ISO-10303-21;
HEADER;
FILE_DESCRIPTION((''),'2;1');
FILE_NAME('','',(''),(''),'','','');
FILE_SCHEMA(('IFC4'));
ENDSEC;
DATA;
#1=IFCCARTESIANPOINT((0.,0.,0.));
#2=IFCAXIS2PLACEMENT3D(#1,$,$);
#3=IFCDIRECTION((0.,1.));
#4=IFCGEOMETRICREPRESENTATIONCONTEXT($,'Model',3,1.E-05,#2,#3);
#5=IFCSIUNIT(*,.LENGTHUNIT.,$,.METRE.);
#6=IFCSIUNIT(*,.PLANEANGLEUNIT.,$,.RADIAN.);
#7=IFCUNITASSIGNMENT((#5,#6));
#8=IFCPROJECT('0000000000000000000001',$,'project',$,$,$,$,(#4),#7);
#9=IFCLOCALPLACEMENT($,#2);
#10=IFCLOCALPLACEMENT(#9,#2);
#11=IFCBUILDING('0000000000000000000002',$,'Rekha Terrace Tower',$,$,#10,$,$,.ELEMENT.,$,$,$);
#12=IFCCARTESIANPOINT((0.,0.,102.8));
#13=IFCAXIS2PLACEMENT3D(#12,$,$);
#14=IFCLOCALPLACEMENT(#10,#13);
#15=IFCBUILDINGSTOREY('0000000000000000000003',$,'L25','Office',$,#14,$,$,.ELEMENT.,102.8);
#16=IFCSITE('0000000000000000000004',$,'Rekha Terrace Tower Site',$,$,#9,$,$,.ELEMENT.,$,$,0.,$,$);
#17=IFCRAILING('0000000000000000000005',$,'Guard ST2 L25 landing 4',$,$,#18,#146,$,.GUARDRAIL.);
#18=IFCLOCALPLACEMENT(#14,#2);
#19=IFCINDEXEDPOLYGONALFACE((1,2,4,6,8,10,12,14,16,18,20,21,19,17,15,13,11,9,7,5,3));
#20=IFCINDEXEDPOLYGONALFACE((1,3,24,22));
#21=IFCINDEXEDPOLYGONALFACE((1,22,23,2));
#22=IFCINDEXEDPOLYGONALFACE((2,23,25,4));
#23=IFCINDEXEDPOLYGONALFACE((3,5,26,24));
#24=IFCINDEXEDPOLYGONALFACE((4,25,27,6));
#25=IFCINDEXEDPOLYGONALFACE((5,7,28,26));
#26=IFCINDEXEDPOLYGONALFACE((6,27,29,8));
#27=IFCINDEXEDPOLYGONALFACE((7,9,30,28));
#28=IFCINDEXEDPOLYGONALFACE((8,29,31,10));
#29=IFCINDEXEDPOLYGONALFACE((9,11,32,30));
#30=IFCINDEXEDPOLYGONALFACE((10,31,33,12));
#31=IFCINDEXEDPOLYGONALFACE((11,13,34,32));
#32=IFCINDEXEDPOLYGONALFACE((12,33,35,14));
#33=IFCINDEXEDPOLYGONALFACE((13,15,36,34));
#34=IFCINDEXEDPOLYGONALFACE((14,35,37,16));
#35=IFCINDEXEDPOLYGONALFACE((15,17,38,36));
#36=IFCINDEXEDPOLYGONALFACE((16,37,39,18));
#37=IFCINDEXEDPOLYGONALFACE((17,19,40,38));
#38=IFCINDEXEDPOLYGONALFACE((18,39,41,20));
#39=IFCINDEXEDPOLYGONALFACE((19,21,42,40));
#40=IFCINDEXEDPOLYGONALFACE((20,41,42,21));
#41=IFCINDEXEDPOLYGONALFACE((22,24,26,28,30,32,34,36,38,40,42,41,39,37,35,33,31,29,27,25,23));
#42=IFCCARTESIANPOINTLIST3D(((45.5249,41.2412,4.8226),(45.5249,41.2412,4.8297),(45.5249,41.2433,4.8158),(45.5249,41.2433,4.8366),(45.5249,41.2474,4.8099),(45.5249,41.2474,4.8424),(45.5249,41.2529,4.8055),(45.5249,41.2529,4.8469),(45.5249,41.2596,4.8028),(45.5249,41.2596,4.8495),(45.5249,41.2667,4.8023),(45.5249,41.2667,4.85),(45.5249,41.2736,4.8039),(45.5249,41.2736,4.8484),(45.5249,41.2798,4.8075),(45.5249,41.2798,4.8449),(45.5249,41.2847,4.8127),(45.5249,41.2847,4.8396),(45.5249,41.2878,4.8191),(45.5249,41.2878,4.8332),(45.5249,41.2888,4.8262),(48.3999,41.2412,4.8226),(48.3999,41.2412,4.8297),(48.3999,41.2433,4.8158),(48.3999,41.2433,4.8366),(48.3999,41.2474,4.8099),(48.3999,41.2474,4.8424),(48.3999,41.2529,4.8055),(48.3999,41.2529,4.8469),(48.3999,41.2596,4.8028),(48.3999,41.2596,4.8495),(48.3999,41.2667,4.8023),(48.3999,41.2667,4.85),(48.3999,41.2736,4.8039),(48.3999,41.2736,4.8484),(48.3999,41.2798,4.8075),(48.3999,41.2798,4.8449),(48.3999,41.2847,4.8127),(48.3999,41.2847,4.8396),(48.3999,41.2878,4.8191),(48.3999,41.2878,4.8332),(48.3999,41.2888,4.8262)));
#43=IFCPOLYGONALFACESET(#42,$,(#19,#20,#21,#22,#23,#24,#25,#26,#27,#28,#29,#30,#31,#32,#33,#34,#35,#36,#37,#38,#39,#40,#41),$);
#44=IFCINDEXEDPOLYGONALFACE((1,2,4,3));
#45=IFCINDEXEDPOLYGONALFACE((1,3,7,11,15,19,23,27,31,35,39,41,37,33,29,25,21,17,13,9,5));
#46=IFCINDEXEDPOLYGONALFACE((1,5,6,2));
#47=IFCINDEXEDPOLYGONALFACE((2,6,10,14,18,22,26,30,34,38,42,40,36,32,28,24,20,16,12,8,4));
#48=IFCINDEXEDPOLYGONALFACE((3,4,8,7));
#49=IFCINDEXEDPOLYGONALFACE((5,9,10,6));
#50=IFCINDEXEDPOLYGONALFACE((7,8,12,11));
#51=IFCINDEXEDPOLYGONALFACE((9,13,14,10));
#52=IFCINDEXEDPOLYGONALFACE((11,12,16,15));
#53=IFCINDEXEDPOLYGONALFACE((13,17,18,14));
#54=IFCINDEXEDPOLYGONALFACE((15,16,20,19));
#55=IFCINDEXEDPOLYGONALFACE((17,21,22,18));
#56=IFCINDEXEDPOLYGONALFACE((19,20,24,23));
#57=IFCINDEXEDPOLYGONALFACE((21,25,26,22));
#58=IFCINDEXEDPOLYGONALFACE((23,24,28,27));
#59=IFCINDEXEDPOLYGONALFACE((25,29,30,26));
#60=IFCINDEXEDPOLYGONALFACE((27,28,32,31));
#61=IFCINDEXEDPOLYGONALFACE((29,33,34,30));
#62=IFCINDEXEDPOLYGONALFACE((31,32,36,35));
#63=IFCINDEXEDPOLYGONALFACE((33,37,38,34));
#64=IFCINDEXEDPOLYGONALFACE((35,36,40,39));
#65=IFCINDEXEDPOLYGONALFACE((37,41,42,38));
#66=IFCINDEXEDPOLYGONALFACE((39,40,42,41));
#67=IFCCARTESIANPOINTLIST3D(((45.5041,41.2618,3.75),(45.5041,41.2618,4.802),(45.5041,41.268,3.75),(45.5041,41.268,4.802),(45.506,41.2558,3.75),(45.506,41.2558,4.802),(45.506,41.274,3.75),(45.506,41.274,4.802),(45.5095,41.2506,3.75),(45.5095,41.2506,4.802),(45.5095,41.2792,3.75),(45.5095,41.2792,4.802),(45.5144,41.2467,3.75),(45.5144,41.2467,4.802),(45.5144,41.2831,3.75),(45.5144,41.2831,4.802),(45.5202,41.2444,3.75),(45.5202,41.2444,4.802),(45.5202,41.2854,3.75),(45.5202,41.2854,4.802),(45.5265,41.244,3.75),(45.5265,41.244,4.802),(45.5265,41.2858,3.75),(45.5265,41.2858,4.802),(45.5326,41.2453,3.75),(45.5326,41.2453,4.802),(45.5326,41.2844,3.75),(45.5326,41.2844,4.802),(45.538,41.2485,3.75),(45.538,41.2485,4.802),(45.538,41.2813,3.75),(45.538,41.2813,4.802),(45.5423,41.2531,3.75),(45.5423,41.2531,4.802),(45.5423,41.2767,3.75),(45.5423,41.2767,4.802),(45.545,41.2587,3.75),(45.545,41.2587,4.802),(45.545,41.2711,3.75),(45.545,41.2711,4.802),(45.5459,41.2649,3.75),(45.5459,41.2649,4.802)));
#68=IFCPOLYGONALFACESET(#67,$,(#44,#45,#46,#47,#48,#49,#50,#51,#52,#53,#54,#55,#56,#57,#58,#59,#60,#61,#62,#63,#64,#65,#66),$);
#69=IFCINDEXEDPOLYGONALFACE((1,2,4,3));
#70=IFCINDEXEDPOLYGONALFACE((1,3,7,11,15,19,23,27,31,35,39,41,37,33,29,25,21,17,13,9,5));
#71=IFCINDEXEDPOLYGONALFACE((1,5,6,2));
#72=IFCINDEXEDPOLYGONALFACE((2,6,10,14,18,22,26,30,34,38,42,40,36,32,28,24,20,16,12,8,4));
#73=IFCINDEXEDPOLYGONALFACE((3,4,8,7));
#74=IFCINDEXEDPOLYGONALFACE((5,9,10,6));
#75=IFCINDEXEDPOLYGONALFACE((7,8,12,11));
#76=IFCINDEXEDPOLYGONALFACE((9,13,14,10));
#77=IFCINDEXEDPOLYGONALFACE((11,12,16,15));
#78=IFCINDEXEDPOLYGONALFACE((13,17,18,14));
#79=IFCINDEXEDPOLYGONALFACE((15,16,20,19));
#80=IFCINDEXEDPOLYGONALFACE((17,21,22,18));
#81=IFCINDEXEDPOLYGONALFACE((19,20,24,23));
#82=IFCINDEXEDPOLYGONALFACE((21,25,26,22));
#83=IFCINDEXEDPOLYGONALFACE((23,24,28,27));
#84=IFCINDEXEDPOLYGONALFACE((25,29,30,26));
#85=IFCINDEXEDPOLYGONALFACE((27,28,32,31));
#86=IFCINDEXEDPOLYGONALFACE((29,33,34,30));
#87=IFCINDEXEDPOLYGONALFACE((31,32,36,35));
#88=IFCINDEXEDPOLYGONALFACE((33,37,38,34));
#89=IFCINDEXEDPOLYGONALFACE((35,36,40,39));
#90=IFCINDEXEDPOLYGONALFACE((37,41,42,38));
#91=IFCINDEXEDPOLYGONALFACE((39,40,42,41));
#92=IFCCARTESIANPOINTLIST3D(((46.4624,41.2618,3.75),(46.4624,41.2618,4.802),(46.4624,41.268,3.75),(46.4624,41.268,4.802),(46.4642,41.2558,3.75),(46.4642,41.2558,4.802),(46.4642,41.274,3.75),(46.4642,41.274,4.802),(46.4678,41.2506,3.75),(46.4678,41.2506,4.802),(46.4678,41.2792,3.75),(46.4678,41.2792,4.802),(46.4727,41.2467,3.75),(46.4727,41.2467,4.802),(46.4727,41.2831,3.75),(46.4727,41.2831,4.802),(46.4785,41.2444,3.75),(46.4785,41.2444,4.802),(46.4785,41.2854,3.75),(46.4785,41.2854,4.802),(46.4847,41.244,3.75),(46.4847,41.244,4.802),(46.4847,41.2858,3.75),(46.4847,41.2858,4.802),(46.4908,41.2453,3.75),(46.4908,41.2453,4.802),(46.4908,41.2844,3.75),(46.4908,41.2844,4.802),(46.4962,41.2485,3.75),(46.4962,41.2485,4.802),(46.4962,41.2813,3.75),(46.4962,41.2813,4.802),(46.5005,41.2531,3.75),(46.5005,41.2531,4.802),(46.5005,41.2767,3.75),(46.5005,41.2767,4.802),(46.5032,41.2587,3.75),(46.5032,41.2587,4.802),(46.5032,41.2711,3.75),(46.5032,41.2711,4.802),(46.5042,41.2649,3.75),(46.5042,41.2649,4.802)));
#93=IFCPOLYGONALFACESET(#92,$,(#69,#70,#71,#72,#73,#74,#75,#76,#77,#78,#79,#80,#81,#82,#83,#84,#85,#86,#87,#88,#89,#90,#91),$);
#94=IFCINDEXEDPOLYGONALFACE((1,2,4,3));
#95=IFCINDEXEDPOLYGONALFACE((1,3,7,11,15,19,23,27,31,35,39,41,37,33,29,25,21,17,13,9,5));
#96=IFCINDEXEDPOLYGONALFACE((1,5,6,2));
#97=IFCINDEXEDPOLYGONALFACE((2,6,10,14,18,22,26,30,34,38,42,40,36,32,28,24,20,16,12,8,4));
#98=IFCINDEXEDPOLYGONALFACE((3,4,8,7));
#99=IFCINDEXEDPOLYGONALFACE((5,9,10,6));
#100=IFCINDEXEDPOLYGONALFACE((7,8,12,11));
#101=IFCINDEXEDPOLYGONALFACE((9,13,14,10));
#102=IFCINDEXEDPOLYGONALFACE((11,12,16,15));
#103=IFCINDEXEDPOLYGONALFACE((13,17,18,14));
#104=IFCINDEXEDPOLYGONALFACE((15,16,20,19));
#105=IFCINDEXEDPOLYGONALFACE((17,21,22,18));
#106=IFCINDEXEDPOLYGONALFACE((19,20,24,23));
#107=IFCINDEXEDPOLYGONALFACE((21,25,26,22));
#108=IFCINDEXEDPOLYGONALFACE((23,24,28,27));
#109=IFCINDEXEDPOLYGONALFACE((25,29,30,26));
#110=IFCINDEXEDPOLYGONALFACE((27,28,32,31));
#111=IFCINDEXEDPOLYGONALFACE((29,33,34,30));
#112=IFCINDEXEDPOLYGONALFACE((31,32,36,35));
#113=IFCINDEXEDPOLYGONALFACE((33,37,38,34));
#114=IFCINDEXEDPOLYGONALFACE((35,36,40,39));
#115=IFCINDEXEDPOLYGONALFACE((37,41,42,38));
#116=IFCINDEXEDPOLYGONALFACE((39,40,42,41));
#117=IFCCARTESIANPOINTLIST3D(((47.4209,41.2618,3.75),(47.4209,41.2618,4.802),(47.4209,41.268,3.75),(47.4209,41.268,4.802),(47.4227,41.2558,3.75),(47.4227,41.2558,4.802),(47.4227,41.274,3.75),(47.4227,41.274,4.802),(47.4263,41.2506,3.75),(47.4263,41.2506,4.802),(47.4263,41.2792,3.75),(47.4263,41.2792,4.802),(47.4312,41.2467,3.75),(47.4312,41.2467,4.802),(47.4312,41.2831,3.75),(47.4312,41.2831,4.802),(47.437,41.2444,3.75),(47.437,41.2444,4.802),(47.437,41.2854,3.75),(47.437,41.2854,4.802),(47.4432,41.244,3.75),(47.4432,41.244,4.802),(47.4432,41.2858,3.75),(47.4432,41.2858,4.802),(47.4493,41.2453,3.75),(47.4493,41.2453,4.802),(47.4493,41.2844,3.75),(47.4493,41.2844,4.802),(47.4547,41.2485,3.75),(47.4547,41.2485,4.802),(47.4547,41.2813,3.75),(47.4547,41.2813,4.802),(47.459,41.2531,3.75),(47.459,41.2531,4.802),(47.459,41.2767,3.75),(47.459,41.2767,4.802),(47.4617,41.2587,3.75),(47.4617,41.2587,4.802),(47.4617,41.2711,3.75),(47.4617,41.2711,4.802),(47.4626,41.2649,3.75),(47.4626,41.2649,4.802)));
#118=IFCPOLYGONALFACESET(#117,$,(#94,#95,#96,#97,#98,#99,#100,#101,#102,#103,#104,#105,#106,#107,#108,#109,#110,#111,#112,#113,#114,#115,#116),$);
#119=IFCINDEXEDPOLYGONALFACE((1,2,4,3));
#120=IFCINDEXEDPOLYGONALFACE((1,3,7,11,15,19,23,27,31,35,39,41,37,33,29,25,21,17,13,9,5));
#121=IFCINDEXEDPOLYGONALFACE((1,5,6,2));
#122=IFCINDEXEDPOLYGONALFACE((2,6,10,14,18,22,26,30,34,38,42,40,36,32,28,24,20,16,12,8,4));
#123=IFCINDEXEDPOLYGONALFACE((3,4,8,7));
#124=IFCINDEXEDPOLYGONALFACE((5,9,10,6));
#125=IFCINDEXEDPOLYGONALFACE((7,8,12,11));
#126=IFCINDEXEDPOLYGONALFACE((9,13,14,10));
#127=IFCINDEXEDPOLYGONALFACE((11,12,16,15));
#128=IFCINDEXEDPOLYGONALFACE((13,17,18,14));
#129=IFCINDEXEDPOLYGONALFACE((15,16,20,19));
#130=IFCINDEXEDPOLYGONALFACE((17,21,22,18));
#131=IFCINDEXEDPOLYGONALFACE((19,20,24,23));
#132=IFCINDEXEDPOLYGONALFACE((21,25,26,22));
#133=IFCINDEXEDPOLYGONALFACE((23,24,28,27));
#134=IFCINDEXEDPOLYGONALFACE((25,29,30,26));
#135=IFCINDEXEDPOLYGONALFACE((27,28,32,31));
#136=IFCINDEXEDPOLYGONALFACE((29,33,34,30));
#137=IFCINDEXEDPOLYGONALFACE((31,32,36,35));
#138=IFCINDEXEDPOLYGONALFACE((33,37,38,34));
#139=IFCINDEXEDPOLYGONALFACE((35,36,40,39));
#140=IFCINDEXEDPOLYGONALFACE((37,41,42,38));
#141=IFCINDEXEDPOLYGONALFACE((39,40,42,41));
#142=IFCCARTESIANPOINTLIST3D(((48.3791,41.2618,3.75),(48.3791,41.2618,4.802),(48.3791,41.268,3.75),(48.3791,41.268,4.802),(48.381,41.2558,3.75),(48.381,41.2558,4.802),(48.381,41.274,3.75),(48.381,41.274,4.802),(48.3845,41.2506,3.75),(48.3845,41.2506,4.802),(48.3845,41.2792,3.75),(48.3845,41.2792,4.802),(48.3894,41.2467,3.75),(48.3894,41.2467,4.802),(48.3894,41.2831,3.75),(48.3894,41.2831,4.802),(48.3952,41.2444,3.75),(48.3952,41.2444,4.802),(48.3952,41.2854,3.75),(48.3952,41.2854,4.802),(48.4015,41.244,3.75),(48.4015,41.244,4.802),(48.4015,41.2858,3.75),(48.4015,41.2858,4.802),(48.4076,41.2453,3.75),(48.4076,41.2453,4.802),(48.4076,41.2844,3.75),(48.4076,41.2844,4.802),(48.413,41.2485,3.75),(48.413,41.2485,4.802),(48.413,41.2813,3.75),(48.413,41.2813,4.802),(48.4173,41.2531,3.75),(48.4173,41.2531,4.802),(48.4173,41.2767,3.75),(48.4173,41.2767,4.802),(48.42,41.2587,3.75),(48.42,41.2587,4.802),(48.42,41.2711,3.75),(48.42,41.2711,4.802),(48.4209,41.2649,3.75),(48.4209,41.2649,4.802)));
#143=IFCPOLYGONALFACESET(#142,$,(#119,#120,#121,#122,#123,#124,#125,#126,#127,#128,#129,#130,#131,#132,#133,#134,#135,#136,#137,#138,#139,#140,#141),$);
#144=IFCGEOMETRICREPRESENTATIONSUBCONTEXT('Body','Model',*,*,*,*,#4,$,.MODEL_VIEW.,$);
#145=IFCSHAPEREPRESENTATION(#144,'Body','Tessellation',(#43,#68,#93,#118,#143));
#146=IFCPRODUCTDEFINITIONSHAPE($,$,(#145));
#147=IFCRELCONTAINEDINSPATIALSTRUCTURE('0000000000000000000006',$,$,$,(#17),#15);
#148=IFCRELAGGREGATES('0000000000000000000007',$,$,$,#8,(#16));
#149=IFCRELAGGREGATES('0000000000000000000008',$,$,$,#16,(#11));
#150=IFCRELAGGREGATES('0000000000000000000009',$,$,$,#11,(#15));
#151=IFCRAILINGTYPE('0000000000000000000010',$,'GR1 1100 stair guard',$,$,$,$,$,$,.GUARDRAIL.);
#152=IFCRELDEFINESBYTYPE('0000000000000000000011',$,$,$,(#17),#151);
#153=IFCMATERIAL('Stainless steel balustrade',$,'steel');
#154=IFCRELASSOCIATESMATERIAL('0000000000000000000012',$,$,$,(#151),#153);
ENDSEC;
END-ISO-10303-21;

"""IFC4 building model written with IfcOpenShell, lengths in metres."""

from ifc_helpers import new_model, si_unit, direction, frame, origin, origin_2d, place, context, subcontext, project, spatial, circle, extrude, material, type_object, element, save


model = new_model("IFC4")

# Units and contexts
model_context = context("Model", 3, precision=1e-05, world=origin(), true_north=direction((0.0, 1.0)))
body_context = subcontext(model_context, "Body", "Model", "MODEL_VIEW")
ifc_project = project(units=[si_unit("LENGTHUNIT", "METRE"), si_unit("PLANEANGLEUNIT", "RADIAN")], contexts=[model_context])

# Site, building, storey
site_placement = place(None, origin())
site = spatial("IfcSite", under=ifc_project, at=site_placement, Name="Rekha Terrace Tower Site", CompositionType="ELEMENT", RefElevation=0.0)
building_placement = place(site_placement, origin())
building = spatial("IfcBuilding", under=site, at=building_placement, Name="Rekha Terrace Tower", CompositionType="ELEMENT")
storey_placement = place(building_placement, frame((0.0, 0.0, 102.8)))
storey = spatial("IfcBuildingStorey", under=building, at=storey_placement, Name="L25", Description="Office", CompositionType="ELEMENT", Elevation=102.8)

# Railing
ifc_material_1 = material(Name="Stainless steel balustrade", Category="steel")
railing_type_1 = type_object("IfcRailingType", Name="GR1 1100 stair guard", PredefinedType="GUARDRAIL", material=ifc_material_1)
railing_1_placement = place(storey_placement, frame((45.5249, 41.2649, 3.75)))
element("IfcRailing", 1, at=railing_1_placement, inside=storey, type_object=railing_type_1, Name="Guard ST2 L25 landing 4", PredefinedType="GUARDRAIL", context=body_context, shape_type="SweptSolid", body=[
    extrude(circle(Radius=0.0239, at=origin_2d()), frame((0.0, 0.0, 1.0762), z_axis=(1.0, 0.0, 0.0), x_axis=(0.0, 1.0, 0.0)), (0.0, 0.0, 1.0), 2.875),
    extrude(circle(Radius=0.021, at=origin_2d()), origin(), (0.0, 0.0, 1.0), 1.052),
    extrude(circle(Radius=0.021, at=origin_2d()), frame((0.9583, 0.0, 0.0)), (0.0, 0.0, 1.0), 1.052),
    extrude(circle(Radius=0.021, at=origin_2d()), frame((1.9167, 0.0, 0.0)), (0.0, 0.0, 1.0), 1.052),
    extrude(circle(Radius=0.021, at=origin_2d()), frame((2.875, 0.0, 0.0)), (0.0, 0.0, 1.0), 1.052),
])

save(model, "model.ifc")
